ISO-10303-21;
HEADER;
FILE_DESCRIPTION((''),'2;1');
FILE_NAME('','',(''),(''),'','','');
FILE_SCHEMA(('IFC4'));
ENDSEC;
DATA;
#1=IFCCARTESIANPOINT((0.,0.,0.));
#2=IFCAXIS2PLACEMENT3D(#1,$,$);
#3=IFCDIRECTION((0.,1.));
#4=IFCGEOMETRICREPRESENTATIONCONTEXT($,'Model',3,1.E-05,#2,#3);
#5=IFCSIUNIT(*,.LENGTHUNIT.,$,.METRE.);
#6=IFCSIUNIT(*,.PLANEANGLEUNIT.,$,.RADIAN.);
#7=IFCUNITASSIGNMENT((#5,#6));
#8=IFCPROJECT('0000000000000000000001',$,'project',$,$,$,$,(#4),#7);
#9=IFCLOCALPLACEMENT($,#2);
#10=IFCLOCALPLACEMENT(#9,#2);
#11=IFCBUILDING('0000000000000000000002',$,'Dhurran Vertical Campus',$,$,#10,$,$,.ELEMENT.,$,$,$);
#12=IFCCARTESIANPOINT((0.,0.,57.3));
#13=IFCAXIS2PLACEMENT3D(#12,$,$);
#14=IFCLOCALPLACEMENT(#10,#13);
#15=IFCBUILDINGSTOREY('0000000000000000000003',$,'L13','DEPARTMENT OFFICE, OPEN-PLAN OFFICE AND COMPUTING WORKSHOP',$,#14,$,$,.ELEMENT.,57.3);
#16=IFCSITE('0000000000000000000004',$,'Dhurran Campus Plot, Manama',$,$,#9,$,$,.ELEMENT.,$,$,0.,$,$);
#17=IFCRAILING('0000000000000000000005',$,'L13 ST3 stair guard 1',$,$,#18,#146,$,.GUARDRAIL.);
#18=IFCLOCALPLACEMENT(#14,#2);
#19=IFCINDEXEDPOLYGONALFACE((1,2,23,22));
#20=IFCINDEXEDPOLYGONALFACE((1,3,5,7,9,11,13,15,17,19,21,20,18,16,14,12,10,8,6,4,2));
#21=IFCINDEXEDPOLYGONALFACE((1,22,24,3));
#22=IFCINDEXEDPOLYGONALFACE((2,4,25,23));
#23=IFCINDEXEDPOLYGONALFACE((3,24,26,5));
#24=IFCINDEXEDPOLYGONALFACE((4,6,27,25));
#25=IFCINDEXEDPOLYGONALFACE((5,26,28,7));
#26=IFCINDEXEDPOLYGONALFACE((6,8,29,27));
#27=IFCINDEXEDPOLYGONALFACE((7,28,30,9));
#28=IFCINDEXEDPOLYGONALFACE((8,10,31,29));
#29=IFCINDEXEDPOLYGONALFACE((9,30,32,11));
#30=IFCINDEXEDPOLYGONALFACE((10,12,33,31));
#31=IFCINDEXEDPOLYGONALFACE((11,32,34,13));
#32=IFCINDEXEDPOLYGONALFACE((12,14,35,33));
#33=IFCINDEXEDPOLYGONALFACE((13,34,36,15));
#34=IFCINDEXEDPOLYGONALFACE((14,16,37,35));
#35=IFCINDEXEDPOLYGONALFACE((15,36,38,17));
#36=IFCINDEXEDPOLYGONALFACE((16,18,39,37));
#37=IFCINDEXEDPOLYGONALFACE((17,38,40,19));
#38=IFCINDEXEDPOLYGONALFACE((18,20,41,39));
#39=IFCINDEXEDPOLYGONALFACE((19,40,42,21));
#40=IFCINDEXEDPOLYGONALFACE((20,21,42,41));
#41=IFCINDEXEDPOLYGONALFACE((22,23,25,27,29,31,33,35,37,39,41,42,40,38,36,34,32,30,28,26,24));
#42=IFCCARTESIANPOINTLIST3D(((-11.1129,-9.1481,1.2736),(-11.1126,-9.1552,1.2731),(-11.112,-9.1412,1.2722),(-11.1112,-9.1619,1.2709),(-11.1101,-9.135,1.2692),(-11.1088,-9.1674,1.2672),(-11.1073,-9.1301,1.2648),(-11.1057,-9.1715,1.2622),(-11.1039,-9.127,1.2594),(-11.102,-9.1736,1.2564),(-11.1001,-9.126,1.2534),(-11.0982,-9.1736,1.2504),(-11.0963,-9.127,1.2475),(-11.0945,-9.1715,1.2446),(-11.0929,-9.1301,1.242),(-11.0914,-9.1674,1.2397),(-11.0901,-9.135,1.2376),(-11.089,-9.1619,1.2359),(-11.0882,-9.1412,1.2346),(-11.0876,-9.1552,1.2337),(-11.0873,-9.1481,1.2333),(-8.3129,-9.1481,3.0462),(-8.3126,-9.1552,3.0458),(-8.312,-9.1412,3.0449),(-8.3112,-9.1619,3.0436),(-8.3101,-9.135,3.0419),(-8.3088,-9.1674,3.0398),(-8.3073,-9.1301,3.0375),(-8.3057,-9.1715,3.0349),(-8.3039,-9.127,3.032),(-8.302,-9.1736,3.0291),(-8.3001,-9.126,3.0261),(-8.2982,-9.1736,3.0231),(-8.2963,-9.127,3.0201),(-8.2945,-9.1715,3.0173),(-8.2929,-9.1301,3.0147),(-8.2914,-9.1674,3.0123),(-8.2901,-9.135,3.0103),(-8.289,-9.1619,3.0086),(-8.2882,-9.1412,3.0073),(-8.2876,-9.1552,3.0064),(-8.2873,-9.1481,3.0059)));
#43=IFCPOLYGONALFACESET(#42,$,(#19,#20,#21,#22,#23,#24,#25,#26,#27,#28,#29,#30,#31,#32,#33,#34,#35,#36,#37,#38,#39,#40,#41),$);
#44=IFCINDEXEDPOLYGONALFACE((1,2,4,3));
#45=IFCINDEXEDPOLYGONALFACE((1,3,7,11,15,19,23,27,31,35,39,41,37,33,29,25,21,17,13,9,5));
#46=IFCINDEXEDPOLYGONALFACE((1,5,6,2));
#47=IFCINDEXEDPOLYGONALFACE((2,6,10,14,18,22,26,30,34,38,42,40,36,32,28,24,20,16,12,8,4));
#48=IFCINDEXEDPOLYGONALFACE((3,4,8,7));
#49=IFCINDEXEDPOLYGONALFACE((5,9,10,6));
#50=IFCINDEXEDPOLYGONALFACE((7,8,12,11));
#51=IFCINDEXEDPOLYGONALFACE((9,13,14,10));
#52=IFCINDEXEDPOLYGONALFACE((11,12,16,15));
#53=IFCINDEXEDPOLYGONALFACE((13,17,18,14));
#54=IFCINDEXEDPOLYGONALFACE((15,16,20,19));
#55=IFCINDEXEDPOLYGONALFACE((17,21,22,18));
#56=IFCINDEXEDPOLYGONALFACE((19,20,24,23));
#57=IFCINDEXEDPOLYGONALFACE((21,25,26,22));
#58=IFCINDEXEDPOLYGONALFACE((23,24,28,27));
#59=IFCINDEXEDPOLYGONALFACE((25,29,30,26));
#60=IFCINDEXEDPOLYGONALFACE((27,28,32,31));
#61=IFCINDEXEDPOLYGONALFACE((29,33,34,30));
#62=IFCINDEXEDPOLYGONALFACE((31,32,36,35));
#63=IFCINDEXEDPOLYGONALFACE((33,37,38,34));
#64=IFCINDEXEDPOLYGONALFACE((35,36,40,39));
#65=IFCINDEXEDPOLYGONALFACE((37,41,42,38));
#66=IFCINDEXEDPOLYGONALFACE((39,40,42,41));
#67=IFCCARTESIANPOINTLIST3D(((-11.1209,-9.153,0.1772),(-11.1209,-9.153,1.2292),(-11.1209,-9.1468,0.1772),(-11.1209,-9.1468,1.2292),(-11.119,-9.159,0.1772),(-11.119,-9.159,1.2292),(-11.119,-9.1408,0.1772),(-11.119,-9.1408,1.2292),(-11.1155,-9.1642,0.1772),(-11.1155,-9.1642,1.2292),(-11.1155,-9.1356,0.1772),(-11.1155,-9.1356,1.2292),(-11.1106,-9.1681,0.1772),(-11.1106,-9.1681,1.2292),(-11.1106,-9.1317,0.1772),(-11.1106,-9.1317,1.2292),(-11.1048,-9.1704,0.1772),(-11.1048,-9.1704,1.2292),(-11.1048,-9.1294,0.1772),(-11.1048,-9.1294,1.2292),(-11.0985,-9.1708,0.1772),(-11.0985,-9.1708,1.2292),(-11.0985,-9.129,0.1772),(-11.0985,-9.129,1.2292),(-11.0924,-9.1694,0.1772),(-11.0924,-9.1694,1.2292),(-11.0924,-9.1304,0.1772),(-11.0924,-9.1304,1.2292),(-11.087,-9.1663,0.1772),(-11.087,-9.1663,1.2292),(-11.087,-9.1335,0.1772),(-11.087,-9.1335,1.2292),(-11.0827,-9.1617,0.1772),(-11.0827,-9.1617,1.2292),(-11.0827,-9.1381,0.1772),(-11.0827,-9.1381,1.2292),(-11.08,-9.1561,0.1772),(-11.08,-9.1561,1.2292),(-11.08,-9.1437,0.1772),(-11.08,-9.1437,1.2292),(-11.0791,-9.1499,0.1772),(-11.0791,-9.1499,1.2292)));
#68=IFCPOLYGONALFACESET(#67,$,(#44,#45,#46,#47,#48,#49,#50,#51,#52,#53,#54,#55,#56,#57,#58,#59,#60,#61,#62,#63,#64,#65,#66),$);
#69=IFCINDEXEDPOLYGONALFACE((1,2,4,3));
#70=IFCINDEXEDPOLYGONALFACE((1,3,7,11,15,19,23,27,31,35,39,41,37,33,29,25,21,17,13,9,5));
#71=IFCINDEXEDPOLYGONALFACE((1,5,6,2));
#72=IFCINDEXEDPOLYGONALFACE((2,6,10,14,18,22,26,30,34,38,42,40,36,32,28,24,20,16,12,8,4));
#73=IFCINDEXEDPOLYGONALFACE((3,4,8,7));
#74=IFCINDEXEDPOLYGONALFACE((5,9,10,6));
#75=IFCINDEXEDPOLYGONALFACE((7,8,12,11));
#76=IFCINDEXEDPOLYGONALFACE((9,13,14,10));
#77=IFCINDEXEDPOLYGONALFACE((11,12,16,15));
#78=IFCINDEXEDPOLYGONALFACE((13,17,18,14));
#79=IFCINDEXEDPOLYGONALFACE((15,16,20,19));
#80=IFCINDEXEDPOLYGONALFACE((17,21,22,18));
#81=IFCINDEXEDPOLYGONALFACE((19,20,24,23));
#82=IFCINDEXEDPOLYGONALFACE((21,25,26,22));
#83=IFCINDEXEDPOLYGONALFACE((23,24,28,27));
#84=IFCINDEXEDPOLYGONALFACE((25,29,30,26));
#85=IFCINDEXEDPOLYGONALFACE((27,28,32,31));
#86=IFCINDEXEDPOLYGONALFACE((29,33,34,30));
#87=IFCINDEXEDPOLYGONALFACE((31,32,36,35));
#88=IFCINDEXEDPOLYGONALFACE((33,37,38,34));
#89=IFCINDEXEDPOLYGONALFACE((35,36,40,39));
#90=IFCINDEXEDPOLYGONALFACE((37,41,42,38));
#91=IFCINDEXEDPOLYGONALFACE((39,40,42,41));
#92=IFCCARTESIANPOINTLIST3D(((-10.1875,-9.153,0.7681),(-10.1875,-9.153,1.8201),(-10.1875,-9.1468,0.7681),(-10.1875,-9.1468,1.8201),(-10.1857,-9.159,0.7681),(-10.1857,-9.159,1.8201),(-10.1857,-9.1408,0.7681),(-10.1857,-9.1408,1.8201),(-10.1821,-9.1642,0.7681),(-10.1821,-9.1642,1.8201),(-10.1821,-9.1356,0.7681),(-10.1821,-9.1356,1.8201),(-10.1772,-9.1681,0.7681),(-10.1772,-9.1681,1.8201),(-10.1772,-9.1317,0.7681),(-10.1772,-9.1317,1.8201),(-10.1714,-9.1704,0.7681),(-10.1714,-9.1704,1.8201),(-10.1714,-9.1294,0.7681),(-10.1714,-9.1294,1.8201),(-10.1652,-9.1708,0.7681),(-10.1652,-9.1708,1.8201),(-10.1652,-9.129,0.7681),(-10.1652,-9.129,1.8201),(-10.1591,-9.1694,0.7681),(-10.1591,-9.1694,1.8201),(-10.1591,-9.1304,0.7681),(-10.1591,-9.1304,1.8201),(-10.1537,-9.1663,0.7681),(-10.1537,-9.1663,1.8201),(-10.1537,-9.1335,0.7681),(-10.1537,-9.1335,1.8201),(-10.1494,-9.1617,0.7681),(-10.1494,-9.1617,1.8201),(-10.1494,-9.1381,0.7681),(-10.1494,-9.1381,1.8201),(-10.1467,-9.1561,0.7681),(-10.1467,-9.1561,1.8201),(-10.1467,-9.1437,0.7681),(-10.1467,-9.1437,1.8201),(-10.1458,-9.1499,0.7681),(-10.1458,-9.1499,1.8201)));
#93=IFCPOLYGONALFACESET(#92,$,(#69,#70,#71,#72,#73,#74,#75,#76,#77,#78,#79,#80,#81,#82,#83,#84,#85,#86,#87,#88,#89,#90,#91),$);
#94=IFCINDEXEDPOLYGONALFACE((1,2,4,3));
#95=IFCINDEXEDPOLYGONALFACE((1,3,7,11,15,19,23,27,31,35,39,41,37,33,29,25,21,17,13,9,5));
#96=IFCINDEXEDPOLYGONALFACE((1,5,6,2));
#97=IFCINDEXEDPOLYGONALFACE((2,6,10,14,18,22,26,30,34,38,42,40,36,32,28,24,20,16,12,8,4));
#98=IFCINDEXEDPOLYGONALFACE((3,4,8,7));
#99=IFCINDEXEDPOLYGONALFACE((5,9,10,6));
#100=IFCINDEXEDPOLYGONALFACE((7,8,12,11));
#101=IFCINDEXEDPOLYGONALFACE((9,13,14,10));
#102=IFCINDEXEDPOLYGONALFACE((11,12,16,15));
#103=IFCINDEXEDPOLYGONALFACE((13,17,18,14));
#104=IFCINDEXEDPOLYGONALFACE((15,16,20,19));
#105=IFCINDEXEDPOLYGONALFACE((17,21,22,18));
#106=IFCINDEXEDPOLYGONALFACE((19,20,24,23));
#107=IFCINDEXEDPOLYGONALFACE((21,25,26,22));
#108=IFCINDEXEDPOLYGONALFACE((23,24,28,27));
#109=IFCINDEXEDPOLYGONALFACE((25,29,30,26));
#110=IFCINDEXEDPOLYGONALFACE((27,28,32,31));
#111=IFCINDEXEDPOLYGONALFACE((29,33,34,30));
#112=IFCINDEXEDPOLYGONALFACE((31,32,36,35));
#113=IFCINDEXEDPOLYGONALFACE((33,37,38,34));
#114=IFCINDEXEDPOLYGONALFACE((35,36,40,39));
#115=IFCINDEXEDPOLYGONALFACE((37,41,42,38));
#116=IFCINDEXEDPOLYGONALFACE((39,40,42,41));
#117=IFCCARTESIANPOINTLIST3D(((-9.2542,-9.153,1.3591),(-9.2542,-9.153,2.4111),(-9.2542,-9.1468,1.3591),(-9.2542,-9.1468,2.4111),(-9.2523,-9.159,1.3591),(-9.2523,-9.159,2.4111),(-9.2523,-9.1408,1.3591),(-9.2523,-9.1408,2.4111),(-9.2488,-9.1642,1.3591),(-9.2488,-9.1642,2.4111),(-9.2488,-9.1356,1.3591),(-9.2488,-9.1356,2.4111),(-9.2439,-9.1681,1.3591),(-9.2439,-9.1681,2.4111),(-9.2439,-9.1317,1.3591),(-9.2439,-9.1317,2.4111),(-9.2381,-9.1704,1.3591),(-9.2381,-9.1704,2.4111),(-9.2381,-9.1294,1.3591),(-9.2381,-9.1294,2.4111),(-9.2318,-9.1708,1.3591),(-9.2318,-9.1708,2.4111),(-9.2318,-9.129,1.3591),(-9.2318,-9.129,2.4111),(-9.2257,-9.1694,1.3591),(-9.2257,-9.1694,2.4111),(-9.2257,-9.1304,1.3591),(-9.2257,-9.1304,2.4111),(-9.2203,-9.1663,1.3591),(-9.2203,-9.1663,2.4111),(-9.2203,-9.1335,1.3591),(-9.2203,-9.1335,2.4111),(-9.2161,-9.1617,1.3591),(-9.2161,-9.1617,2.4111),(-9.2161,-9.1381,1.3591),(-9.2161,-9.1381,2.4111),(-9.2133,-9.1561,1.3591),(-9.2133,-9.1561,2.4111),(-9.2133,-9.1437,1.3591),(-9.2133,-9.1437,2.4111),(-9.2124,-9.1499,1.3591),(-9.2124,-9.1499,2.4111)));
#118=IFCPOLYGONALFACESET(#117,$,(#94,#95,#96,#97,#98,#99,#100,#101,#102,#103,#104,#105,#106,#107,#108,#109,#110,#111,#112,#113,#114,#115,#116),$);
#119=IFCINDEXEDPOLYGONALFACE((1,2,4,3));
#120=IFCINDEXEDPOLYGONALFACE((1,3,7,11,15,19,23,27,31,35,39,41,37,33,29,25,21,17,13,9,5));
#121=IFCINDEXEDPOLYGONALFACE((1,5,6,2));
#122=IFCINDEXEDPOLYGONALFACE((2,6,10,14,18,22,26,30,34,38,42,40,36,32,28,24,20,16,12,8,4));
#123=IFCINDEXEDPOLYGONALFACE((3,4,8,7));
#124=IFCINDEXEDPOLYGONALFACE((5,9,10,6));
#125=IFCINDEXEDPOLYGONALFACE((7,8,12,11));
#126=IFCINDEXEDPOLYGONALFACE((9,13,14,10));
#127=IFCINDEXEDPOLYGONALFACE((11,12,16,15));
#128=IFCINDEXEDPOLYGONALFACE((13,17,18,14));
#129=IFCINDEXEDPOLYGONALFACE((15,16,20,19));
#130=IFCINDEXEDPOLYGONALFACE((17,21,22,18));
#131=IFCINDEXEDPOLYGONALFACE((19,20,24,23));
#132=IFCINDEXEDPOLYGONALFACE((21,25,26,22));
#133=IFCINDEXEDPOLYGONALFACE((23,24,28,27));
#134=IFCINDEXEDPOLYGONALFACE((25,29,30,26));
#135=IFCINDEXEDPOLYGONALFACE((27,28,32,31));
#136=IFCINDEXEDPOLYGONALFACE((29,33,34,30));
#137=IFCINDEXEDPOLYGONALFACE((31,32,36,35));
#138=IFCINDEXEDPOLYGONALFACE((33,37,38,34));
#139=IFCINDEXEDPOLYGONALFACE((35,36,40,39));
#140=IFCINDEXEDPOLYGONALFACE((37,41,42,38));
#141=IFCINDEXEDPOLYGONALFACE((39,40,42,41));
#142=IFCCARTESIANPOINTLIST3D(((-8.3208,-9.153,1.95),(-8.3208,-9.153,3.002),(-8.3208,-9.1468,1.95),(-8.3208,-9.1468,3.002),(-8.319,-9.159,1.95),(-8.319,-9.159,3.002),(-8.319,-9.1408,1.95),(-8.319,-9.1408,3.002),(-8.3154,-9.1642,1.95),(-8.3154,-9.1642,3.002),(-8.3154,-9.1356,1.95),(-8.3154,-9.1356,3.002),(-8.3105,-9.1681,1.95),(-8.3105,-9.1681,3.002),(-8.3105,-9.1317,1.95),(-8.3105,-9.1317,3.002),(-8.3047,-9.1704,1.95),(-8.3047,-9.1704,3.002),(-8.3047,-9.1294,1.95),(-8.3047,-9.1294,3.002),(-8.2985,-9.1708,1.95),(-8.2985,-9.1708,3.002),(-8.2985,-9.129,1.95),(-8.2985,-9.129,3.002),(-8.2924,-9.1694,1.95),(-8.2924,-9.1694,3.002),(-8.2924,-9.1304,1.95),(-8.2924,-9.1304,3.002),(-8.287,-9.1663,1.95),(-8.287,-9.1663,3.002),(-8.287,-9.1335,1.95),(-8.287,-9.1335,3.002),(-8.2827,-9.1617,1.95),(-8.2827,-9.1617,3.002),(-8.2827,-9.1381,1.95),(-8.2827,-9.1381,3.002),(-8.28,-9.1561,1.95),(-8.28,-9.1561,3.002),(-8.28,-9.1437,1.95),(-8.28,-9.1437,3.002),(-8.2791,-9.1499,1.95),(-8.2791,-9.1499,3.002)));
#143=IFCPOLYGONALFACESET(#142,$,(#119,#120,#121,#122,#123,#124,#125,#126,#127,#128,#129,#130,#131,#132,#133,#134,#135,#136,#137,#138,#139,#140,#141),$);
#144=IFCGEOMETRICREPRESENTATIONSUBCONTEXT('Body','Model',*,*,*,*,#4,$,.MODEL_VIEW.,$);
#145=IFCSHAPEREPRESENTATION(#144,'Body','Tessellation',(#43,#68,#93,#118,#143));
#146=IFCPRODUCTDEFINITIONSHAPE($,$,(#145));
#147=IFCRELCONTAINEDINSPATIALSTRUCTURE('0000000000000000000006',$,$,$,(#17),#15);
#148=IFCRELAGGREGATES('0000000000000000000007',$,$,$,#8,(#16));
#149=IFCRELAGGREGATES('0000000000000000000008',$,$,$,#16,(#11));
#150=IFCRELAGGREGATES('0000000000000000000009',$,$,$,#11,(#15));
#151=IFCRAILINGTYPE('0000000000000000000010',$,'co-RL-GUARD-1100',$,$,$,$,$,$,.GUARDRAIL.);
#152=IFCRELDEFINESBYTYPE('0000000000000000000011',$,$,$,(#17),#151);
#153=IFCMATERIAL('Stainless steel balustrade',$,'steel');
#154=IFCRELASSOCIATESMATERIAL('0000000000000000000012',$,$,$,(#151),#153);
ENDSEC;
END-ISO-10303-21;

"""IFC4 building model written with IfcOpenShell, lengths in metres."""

from ifc_helpers import new_model, si_unit, direction, frame, origin, origin_2d, place, context, subcontext, project, spatial, circle, extrude, material, type_object, element, save


model = new_model("IFC4")

# Units and contexts
model_context = context("Model", 3, precision=1e-05, world=origin(), true_north=direction((0.0, 1.0)))
body_context = subcontext(model_context, "Body", "Model", "MODEL_VIEW")
ifc_project = project(units=[si_unit("LENGTHUNIT", "METRE"), si_unit("PLANEANGLEUNIT", "RADIAN")], contexts=[model_context])

# Site, building, storey
site_placement = place(None, origin())
site = spatial("IfcSite", under=ifc_project, at=site_placement, Name="Dhurran Campus Plot, Manama", CompositionType="ELEMENT", RefElevation=0.0)
building_placement = place(site_placement, origin())
building = spatial("IfcBuilding", under=site, at=building_placement, Name="Dhurran Vertical Campus", CompositionType="ELEMENT")
storey_placement = place(building_placement, frame((0.0, 0.0, 57.3)))
storey = spatial("IfcBuildingStorey", under=building, at=storey_placement, Name="L13", Description="DEPARTMENT OFFICE, OPEN-PLAN OFFICE AND COMPUTING WORKSHOP", CompositionType="ELEMENT", Elevation=57.3)

# Railing
ifc_material_1 = material(Name="Stainless steel balustrade", Category="steel")
railing_type_1 = type_object("IfcRailingType", Name="co-RL-GUARD-1100", PredefinedType="GUARDRAIL", material=ifc_material_1)
railing_1_placement = place(storey_placement, frame((-11.1001, -9.1499, 0.1772)))
element("IfcRailing", 1, at=railing_1_placement, inside=storey, type_object=railing_type_1, Name="L13 ST3 stair guard 1", PredefinedType="GUARDRAIL", context=body_context, shape_type="SweptSolid", body=[
    extrude(circle(Radius=0.0239, at=origin_2d()), frame((0.0, 0.0, 1.0762), z_axis=(0.844909, 0.0, 0.53491), x_axis=(0.0, 1.0, 0.0)), (0.0, 0.0, 1.0), 3.314),
    extrude(circle(Radius=0.021, at=origin_2d()), origin(), (0.0, 0.0, 1.0), 1.052),
    extrude(circle(Radius=0.021, at=origin_2d()), frame((0.9333, 0.0, 0.5908)), (0.0, 0.0, 1.0), 1.052),
    extrude(circle(Radius=0.021, at=origin_2d()), frame((1.8667, 0.0, 1.1819)), (0.0, 0.0, 1.0), 1.052),
    extrude(circle(Radius=0.021, at=origin_2d()), frame((2.8, 0.0, 1.7727)), (0.0, 0.0, 1.0), 1.052),
])

save(model, "model.ifc")
